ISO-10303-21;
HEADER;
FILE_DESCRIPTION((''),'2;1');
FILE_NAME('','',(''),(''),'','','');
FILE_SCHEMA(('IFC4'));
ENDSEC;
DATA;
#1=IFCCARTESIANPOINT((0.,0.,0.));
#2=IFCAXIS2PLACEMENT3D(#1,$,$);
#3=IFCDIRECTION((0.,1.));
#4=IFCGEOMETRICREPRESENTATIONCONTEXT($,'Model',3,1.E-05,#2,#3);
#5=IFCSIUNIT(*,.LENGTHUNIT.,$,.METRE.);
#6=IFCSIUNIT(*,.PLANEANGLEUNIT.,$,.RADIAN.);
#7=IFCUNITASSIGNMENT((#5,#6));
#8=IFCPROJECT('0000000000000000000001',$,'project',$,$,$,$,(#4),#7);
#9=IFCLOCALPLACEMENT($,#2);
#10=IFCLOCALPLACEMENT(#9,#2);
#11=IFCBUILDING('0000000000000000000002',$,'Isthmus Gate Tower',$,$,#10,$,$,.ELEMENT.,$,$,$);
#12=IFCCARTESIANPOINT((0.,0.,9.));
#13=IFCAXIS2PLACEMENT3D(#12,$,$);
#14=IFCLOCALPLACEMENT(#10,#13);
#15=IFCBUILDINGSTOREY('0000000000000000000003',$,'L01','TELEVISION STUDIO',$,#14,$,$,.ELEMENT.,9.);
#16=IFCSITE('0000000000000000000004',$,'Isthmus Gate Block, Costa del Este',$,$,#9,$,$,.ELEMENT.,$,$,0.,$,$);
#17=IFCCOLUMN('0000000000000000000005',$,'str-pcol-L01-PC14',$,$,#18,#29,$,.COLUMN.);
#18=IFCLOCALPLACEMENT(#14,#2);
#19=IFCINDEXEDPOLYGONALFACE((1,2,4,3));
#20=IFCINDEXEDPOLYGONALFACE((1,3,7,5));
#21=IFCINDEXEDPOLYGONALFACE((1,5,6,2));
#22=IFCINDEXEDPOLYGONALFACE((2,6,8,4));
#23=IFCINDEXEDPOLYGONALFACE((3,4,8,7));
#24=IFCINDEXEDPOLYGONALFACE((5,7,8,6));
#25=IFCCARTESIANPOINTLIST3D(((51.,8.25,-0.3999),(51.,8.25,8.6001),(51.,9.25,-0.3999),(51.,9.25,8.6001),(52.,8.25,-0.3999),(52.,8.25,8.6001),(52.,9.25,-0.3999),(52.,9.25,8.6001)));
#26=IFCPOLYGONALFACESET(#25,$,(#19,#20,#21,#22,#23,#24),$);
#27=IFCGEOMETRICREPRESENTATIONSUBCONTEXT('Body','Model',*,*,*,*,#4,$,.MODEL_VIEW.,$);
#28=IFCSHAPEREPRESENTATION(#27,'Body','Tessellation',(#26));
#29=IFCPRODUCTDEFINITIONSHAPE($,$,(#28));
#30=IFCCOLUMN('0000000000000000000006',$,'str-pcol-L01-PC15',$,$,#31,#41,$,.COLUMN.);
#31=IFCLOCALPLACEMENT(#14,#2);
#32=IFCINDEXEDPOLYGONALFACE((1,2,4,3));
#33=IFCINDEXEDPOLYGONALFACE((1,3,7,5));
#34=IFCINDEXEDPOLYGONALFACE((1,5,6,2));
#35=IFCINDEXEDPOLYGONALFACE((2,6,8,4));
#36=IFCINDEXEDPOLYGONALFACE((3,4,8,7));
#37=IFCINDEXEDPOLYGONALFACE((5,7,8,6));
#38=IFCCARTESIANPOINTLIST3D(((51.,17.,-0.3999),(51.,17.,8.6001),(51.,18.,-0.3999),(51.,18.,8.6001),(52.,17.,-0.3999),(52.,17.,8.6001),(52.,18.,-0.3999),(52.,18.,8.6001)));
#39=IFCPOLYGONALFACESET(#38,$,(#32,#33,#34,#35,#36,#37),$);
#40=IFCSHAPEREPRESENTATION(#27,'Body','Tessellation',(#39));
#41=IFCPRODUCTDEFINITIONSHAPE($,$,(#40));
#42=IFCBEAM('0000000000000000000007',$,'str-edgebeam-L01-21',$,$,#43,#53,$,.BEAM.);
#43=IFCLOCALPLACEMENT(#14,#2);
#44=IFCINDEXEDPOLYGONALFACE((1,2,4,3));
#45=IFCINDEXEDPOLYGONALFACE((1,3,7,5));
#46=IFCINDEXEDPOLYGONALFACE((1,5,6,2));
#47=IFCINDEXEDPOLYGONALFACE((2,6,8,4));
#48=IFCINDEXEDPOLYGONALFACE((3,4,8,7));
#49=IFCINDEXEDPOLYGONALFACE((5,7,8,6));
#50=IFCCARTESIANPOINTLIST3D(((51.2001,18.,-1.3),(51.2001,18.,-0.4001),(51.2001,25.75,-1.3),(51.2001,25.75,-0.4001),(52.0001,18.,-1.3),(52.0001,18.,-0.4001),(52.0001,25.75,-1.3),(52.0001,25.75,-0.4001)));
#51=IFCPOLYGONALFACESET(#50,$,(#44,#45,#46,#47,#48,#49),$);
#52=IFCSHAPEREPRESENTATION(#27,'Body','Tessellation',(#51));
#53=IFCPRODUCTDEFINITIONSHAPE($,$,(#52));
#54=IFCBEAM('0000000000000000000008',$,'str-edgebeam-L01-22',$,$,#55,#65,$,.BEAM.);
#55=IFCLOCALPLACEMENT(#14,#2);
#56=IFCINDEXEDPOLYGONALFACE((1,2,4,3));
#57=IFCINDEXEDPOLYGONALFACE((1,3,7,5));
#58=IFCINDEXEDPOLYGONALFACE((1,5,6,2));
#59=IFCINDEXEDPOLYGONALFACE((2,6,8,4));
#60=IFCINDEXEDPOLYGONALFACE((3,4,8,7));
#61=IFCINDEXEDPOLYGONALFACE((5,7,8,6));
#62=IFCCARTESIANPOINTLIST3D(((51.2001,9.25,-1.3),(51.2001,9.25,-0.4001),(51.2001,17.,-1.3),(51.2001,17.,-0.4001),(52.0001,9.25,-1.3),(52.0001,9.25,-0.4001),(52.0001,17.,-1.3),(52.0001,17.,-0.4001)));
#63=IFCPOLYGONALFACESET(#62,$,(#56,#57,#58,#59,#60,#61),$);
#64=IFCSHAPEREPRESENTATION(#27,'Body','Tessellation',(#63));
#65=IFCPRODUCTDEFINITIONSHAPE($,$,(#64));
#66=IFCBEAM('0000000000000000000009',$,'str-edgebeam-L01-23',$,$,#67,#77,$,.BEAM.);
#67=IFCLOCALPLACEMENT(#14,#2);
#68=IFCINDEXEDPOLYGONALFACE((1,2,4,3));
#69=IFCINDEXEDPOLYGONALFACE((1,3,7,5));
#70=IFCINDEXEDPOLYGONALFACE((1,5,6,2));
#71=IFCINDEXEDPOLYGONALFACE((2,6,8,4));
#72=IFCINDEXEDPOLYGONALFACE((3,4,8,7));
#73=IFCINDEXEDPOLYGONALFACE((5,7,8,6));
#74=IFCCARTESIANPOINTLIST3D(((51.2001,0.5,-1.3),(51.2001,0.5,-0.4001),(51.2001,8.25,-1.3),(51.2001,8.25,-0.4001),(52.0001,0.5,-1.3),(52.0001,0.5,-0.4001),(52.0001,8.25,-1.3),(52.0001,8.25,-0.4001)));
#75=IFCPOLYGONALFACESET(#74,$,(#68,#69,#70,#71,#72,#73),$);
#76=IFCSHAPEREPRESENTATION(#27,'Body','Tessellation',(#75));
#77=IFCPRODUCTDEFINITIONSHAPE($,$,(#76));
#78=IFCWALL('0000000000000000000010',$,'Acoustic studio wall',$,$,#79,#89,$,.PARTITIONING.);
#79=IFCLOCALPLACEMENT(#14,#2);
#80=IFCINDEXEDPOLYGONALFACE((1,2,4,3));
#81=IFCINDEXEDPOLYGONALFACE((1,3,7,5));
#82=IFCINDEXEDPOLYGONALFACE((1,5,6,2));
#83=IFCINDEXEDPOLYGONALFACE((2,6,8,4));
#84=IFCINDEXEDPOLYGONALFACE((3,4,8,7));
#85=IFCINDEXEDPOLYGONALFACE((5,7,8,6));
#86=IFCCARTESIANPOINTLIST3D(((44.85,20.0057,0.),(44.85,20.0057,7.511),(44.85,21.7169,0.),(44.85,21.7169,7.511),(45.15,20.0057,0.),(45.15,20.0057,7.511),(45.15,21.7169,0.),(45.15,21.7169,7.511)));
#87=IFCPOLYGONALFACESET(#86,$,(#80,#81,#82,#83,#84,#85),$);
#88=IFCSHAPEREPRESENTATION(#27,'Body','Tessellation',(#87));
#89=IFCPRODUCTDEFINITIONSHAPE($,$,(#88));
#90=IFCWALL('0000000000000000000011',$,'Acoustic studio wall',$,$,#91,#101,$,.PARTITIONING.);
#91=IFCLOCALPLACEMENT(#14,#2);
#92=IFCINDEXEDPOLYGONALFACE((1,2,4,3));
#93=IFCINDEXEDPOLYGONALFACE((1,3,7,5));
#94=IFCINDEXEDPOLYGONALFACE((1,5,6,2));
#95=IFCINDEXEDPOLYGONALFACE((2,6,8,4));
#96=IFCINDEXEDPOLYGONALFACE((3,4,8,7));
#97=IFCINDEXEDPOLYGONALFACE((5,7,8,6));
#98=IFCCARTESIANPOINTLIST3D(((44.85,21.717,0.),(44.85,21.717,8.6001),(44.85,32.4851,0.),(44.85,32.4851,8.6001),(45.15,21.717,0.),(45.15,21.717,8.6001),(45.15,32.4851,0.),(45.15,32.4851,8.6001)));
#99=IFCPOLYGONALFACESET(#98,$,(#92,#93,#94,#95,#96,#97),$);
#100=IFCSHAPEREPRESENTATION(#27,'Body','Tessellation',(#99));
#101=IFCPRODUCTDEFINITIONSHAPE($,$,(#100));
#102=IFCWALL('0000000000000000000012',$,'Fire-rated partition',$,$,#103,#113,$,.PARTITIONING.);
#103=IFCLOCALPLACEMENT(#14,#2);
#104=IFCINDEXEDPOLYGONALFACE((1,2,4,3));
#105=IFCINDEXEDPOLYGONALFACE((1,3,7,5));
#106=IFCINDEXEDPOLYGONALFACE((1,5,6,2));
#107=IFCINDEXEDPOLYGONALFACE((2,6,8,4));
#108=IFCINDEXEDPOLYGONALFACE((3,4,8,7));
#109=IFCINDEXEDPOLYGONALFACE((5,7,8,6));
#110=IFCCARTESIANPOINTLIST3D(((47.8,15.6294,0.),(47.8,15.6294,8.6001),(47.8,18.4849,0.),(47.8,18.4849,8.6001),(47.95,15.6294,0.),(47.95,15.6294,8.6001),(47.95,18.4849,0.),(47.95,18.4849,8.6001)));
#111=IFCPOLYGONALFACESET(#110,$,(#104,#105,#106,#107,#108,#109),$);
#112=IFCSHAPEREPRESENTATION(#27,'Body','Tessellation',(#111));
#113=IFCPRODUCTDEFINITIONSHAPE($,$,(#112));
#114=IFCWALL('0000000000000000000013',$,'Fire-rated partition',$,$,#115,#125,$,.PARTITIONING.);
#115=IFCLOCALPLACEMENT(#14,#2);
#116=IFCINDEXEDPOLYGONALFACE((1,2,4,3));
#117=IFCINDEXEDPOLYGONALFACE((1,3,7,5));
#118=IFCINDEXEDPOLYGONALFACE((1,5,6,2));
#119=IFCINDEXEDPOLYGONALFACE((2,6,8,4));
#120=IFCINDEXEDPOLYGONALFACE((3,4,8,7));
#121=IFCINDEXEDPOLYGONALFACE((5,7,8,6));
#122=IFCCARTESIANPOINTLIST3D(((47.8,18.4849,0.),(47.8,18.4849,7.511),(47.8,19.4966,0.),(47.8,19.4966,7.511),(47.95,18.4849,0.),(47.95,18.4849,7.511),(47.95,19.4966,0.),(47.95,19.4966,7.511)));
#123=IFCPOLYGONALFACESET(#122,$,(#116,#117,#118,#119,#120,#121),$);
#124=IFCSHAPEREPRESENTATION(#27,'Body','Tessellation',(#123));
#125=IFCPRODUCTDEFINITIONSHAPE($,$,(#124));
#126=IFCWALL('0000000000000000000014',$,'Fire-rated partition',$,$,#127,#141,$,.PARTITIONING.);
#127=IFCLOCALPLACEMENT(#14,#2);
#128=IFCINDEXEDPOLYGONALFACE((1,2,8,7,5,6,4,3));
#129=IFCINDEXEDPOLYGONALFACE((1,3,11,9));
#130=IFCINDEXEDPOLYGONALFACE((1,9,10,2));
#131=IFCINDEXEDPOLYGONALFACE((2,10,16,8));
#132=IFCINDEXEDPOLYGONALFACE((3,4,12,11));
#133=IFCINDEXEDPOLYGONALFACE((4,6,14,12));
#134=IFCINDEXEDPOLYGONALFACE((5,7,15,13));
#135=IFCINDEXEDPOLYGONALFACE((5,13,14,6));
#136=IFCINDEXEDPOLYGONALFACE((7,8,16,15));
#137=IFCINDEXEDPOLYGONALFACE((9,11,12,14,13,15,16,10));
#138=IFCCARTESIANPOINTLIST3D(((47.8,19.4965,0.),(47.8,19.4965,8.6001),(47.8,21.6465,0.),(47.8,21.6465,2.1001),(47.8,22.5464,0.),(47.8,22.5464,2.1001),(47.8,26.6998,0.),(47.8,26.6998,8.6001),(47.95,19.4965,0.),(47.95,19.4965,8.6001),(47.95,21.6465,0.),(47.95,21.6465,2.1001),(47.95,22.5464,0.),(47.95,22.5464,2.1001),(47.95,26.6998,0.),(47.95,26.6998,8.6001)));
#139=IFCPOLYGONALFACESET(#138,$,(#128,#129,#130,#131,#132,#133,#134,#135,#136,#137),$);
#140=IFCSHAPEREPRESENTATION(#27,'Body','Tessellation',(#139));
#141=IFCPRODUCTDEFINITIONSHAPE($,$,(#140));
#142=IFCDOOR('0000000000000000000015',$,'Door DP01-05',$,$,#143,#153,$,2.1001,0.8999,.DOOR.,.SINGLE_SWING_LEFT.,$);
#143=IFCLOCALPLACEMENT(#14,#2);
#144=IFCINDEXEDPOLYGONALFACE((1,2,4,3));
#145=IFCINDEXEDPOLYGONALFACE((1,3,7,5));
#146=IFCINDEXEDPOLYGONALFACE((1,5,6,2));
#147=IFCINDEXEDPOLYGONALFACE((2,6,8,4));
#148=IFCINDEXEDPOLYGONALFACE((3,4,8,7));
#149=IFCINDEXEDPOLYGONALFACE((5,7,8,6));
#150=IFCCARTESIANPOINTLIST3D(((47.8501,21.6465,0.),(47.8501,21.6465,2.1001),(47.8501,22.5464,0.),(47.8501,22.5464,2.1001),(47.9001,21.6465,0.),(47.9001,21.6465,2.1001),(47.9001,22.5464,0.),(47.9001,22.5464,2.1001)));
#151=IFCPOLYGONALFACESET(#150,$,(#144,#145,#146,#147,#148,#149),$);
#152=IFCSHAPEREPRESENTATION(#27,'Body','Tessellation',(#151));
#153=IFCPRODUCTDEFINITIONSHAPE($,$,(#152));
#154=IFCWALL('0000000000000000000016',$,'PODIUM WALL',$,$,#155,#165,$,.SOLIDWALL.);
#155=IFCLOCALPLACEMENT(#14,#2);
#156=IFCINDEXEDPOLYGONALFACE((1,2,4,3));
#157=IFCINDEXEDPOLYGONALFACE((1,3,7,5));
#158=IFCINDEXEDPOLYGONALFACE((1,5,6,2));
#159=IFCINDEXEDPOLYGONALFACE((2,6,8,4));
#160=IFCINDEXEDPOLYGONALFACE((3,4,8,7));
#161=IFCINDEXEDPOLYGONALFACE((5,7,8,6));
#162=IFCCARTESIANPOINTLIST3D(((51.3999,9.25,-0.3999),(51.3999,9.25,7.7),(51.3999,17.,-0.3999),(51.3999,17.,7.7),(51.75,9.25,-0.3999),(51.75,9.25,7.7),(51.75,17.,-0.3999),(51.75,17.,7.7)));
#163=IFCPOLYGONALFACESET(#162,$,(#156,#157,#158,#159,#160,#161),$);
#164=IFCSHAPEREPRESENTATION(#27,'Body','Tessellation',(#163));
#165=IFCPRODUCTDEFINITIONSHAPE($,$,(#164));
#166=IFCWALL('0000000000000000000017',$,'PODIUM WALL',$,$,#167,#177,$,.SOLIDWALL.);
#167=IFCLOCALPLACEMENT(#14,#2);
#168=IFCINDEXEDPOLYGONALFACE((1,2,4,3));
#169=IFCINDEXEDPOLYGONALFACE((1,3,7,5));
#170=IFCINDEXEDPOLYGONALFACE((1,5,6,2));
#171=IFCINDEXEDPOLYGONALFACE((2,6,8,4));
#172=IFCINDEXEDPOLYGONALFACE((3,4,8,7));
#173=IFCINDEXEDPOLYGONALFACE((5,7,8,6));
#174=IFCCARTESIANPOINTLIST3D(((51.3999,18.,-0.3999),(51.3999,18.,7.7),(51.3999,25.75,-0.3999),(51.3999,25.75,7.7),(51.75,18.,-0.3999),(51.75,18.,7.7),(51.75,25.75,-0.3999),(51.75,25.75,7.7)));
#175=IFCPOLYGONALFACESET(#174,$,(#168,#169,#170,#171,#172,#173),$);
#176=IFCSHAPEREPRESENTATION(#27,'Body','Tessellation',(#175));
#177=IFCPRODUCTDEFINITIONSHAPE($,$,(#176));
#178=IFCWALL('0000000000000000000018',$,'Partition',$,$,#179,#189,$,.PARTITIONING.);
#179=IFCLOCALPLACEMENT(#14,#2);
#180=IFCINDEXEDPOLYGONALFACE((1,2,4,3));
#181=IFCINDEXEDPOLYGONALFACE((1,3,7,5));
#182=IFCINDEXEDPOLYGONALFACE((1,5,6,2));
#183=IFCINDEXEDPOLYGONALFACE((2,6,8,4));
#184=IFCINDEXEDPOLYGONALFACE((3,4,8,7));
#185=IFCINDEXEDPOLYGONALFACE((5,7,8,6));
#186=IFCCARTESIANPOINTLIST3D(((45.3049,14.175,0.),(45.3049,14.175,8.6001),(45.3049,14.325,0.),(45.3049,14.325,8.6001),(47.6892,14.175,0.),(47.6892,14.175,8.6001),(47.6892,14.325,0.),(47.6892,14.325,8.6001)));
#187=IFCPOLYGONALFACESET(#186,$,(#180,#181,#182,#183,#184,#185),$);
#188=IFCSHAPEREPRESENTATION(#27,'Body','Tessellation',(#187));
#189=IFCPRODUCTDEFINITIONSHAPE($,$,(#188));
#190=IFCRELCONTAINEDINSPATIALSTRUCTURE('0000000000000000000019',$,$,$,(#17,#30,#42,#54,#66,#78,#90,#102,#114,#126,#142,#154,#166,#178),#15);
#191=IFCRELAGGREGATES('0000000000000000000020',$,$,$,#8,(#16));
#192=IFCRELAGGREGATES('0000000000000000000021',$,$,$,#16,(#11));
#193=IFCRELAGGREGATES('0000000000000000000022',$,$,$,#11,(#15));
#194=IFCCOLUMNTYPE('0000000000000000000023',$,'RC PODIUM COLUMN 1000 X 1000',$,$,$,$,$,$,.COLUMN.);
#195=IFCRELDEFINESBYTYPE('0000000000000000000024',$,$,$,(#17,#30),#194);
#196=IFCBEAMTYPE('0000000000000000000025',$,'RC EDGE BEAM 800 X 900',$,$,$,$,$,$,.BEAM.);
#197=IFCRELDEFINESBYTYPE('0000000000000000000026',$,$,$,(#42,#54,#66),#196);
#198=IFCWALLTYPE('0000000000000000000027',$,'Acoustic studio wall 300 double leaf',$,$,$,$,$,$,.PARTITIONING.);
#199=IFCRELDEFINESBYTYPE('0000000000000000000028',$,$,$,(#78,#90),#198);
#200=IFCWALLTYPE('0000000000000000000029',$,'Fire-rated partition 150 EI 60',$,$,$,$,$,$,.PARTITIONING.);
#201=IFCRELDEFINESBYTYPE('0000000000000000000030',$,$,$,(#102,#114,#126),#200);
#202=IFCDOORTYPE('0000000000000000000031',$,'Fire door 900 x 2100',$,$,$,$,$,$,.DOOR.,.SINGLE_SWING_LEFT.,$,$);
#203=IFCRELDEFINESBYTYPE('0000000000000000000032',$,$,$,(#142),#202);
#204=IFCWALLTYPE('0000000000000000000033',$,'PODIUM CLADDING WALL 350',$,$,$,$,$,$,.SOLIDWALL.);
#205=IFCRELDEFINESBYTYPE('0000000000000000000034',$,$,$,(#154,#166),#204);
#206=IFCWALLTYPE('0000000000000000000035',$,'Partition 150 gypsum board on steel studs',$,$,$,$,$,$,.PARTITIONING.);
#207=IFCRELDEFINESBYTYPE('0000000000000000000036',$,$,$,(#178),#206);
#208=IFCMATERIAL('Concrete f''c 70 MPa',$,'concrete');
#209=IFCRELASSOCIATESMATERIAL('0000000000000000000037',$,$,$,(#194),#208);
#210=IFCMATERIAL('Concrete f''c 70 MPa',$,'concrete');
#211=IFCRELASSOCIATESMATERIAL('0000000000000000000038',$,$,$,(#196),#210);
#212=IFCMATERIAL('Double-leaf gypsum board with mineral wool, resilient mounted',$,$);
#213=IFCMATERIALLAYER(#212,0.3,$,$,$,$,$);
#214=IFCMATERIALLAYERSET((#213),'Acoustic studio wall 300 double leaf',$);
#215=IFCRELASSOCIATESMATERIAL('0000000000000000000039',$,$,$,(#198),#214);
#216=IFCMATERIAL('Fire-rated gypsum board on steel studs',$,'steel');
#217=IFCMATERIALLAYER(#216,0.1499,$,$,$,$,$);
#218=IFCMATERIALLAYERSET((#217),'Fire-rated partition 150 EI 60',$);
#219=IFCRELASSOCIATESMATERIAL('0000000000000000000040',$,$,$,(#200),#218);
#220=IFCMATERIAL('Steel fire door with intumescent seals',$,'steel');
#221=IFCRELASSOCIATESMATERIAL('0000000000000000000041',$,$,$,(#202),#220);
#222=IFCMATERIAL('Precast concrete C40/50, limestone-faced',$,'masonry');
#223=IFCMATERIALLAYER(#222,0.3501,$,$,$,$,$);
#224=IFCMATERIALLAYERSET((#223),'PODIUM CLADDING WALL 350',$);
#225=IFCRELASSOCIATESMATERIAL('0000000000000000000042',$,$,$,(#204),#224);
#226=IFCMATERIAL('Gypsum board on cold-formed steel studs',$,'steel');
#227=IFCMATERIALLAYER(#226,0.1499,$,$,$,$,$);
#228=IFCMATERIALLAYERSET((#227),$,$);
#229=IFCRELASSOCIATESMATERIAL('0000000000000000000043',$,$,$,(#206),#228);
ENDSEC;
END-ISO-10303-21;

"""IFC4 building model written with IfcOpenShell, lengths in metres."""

from ifc_helpers import new_model, si_unit, direction, frame, frame_2d, origin, origin_2d, place, context, subcontext, project, spatial, rectangle, extrude, material, layer, layer_set, material_profile, profile_set, type_object, element, fill, save


model = new_model("IFC4")

# Units and contexts
model_context = context("Model", 3, precision=1e-05, world=origin(), true_north=direction((0.0, 1.0)))
body_context = subcontext(model_context, "Body", "Model", "MODEL_VIEW")
ifc_project = project(units=[si_unit("LENGTHUNIT", "METRE"), si_unit("PLANEANGLEUNIT", "RADIAN")], contexts=[model_context])

# Site, building, storey
site_placement = place(None, origin())
site = spatial("IfcSite", under=ifc_project, at=site_placement, Name="Isthmus Gate Block, Costa del Este", CompositionType="ELEMENT", RefElevation=0.0)
building_placement = place(site_placement, origin())
building = spatial("IfcBuilding", under=site, at=building_placement, Name="Isthmus Gate Tower", CompositionType="ELEMENT")
storey_placement = place(building_placement, frame((0.0, 0.0, 9.0)))
storey = spatial("IfcBuildingStorey", under=building, at=storey_placement, Name="L01", Description="TELEVISION STUDIO", CompositionType="ELEMENT", Elevation=9.0)

# Columns
ifc_material_1 = material(Name="Concrete f'c 70 MPa", Category="concrete")
ifc_material_profile_1 = material_profile(ifc_material_1, rectangle(XDim=1.0, YDim=1.0, at=origin_2d()), Name="RC 1000X1000")
ifc_profile_set_1 = profile_set([ifc_material_profile_1], Name="Concrete f'c 70 MPa")
column_type = type_object("IfcColumnType", Name="RC PODIUM COLUMN 1000 X 1000", PredefinedType="COLUMN", material=ifc_profile_set_1)
for number, where, z_axis, x_axis, name in (
    (1, (51.5, 8.75, -0.3999), (0.0, 0.0, 1.0), (0.0, 1.0, 0.0), "str-pcol-L01-PC14"),
    (2, (51.5, 17.5, -0.3999), (0.0, 0.0, 1.0), (0.0, 1.0, 0.0), "str-pcol-L01-PC15"),
):
    element("IfcColumn", number, at=place(storey_placement, frame(where, z_axis=z_axis, x_axis=x_axis)), inside=storey, type_object=column_type, Name=name, PredefinedType="COLUMN", context=body_context, shape_type="SweptSolid", body=[
        extrude(rectangle(XDim=1.0, YDim=1.0, at=origin_2d()), origin(), (0.0, 0.0, 1.0), 9.0),
    ])

# Beams
ifc_material_2 = material(Name="Concrete f'c 70 MPa", Category="concrete")
ifc_material_profile_2 = material_profile(ifc_material_2, rectangle(XDim=0.8, YDim=0.8999, at=origin_2d()), Name="RC 800X900")
ifc_profile_set_2 = profile_set([ifc_material_profile_2], Name="Concrete f'c 70 MPa")
beam_type = type_object("IfcBeamType", Name="RC EDGE BEAM 800 X 900", PredefinedType="BEAM", material=ifc_profile_set_2)
for number, where, z_axis, x_axis, name in (
    (3, (51.6001, 25.75, -0.8501), (0.0, -1.0, 0.0), (1.0, 0.0, 0.0), "str-edgebeam-L01-21"),
    (4, (51.6001, 17.0, -0.8501), (0.0, -1.0, 0.0), (1.0, 0.0, 0.0), "str-edgebeam-L01-22"),
    (5, (51.6001, 8.25, -0.8501), (0.0, -1.0, 0.0), (1.0, 0.0, 0.0), "str-edgebeam-L01-23"),
):
    element("IfcBeam", number, at=place(storey_placement, frame(where, z_axis=z_axis, x_axis=x_axis)), inside=storey, type_object=beam_type, Name=name, PredefinedType="BEAM", context=body_context, shape_type="SweptSolid", body=[
        extrude(rectangle(XDim=0.8, YDim=0.8999, at=origin_2d()), origin(), (0.0, 0.0, 1.0), 7.75),
    ])

# Walls
ifc_material_3 = material(Name="Double-leaf gypsum board with mineral wool, resilient mounted")
ifc_layer_1 = layer(ifc_material_3, 0.3)
ifc_layer_set_1 = layer_set([ifc_layer_1], Name="Acoustic studio wall 300 double leaf")
wall_type_1 = type_object("IfcWallType", Name="Acoustic studio wall 300 double leaf", PredefinedType="PARTITIONING", material=ifc_layer_set_1)
wall_1_placement = place(storey_placement, frame((45.0, 20.0059, 0.0), z_axis=(0.0, 0.0, 1.0), x_axis=(0.0, 1.0, 0.0)))
element("IfcWall", 6, at=wall_1_placement, inside=storey, type_object=wall_type_1, Name="Acoustic studio wall", PredefinedType="PARTITIONING", context=body_context, shape_type="SweptSolid", body=[
    extrude(rectangle(XDim=1.7112, YDim=0.3, at=frame_2d((0.8555, 0.0))), origin(), (0.0, 0.0, 1.0), 7.511),
])
wall_2_placement = place(storey_placement, frame((45.0, 21.717, 0.0), z_axis=(0.0, 0.0, 1.0), x_axis=(0.0, 1.0, 0.0)))
element("IfcWall", 7, at=wall_2_placement, inside=storey, type_object=wall_type_1, Name="Acoustic studio wall", PredefinedType="PARTITIONING", context=body_context, shape_type="SweptSolid", body=[
    extrude(rectangle(XDim=10.7681, YDim=0.3, at=frame_2d((5.384, 0.0))), origin(), (0.0, 0.0, 1.0), 8.6001),
])
ifc_material_4 = material(Name="Fire-rated gypsum board on steel studs", Category="steel")
ifc_layer_2 = layer(ifc_material_4, 0.1499)
ifc_layer_set_2 = layer_set([ifc_layer_2], Name="Fire-rated partition 150 EI 60")
wall_type_2 = type_object("IfcWallType", Name="Fire-rated partition 150 EI 60", PredefinedType="PARTITIONING", material=ifc_layer_set_2)
wall_3_placement = place(storey_placement, frame((47.875, 15.6294, 0.0), z_axis=(0.0, 0.0, 1.0), x_axis=(0.0, 1.0, 0.0)))
element("IfcWall", 8, at=wall_3_placement, inside=storey, type_object=wall_type_2, Name="Fire-rated partition", PredefinedType="PARTITIONING", context=body_context, shape_type="SweptSolid", body=[
    extrude(rectangle(XDim=2.8555, YDim=0.1499, at=frame_2d((1.4277, 0.0))), origin(), (0.0, 0.0, 1.0), 8.6001),
])
wall_4_placement = place(storey_placement, frame((47.875, 18.4849, 0.0), z_axis=(0.0, 0.0, 1.0), x_axis=(0.0, 1.0, 0.0)))
element("IfcWall", 9, at=wall_4_placement, inside=storey, type_object=wall_type_2, Name="Fire-rated partition", PredefinedType="PARTITIONING", context=body_context, shape_type="SweptSolid", body=[
    extrude(rectangle(XDim=1.0117, YDim=0.1499, at=frame_2d((0.5059, 0.0))), origin(), (0.0, 0.0, 1.0), 7.511),
])

# Wall, opening, door
wall_5_placement = place(storey_placement, frame((47.875, 19.4966, 0.0), z_axis=(0.0, 0.0, 1.0), x_axis=(0.0, 1.0, 0.0)))
wall_5 = element("IfcWall", 10, at=wall_5_placement, inside=storey, type_object=wall_type_2, Name="Fire-rated partition", PredefinedType="PARTITIONING", context=body_context, shape_type="SweptSolid", body=[
    extrude(rectangle(XDim=7.2034, YDim=0.1499, at=frame_2d((3.6016, 0.0))), origin(), (0.0, 0.0, 1.0), 8.6001),
])
opening_placement = place(wall_5_placement, frame((2.1499, 0.0, 0.0)))
opening = element("IfcOpeningElement", 11, at=opening_placement, cuts=wall_5, PredefinedType="OPENING", context=body_context, shape_type="SweptSolid", body=[
    extrude(rectangle(XDim=0.8999, YDim=2.1001, at=frame_2d((0.45, 1.05))), frame((0.0, 0.085, 0.0), z_axis=(0.0, -1.0, 0.0), x_axis=(1.0, 0.0, 0.0)), (0.0, 0.0, 1.0), 0.1699),
])
ifc_material_5 = material(Name="Steel fire door with intumescent seals", Category="steel")
door_type = type_object("IfcDoorType", Name="Fire door 900 x 2100", OperationType="SINGLE_SWING_LEFT", PredefinedType="DOOR", material=ifc_material_5)
door_placement = place(opening_placement, origin())
door = element("IfcDoor", 12, at=door_placement, inside=storey, type_object=door_type, Name="Door DP01-05", OperationType="SINGLE_SWING_LEFT", OverallHeight=2.1001, OverallWidth=0.8999, PredefinedType="DOOR", context=body_context, shape_type="SweptSolid", body=[
    extrude(rectangle(XDim=0.8999, YDim=2.1001, at=frame_2d((0.45, 1.05))), frame((0.0, 0.0249, 0.0), z_axis=(0.0, -1.0, 0.0), x_axis=(1.0, 0.0, 0.0)), (0.0, 0.0, 1.0), 0.05),
])
fill(opening, door)

# Walls
ifc_material_6 = material(Name="Precast concrete C40/50, limestone-faced", Category="masonry")
ifc_layer_3 = layer(ifc_material_6, 0.3501)
ifc_layer_set_3 = layer_set([ifc_layer_3], Name="PODIUM CLADDING WALL 350")
wall_type_3 = type_object("IfcWallType", Name="PODIUM CLADDING WALL 350", PredefinedType="SOLIDWALL", material=ifc_layer_set_3)
for number, where, z_axis, x_axis, name in (
    (13, (51.575, 9.25, -0.3999), (0.0, 0.0, 1.0), (0.0, 1.0, 0.0), "PODIUM WALL"),
    (14, (51.575, 18.0, -0.3999), (0.0, 0.0, 1.0), (0.0, 1.0, 0.0), "PODIUM WALL"),
):
    element("IfcWall", number, at=place(storey_placement, frame(where, z_axis=z_axis, x_axis=x_axis)), inside=storey, type_object=wall_type_3, Name=name, PredefinedType="SOLIDWALL", context=body_context, shape_type="SweptSolid", body=[
        extrude(rectangle(XDim=7.75, YDim=0.3501, at=frame_2d((3.875, 0.0))), origin(), (0.0, 0.0, 1.0), 8.0999),
    ])
ifc_material_7 = material(Name="Gypsum board on cold-formed steel studs", Category="steel")
ifc_layer_4 = layer(ifc_material_7, 0.1499)
ifc_layer_set_4 = layer_set([ifc_layer_4])
wall_type_4 = type_object("IfcWallType", Name="Partition 150 gypsum board on steel studs", PredefinedType="PARTITIONING", material=ifc_layer_set_4)
wall_6_placement = place(storey_placement, frame((45.3049, 14.25, 0.0), z_axis=(0.0, 0.0, 1.0), x_axis=(1.0, 0.0, 0.0)))
element("IfcWall", 15, at=wall_6_placement, inside=storey, type_object=wall_type_4, Name="Partition", PredefinedType="PARTITIONING", context=body_context, shape_type="SweptSolid", body=[
    extrude(rectangle(XDim=2.3843, YDim=0.1499, at=frame_2d((1.1921, 0.0))), origin(), (0.0, 0.0, 1.0), 8.6001),
])

save(model, "model.ifc")
